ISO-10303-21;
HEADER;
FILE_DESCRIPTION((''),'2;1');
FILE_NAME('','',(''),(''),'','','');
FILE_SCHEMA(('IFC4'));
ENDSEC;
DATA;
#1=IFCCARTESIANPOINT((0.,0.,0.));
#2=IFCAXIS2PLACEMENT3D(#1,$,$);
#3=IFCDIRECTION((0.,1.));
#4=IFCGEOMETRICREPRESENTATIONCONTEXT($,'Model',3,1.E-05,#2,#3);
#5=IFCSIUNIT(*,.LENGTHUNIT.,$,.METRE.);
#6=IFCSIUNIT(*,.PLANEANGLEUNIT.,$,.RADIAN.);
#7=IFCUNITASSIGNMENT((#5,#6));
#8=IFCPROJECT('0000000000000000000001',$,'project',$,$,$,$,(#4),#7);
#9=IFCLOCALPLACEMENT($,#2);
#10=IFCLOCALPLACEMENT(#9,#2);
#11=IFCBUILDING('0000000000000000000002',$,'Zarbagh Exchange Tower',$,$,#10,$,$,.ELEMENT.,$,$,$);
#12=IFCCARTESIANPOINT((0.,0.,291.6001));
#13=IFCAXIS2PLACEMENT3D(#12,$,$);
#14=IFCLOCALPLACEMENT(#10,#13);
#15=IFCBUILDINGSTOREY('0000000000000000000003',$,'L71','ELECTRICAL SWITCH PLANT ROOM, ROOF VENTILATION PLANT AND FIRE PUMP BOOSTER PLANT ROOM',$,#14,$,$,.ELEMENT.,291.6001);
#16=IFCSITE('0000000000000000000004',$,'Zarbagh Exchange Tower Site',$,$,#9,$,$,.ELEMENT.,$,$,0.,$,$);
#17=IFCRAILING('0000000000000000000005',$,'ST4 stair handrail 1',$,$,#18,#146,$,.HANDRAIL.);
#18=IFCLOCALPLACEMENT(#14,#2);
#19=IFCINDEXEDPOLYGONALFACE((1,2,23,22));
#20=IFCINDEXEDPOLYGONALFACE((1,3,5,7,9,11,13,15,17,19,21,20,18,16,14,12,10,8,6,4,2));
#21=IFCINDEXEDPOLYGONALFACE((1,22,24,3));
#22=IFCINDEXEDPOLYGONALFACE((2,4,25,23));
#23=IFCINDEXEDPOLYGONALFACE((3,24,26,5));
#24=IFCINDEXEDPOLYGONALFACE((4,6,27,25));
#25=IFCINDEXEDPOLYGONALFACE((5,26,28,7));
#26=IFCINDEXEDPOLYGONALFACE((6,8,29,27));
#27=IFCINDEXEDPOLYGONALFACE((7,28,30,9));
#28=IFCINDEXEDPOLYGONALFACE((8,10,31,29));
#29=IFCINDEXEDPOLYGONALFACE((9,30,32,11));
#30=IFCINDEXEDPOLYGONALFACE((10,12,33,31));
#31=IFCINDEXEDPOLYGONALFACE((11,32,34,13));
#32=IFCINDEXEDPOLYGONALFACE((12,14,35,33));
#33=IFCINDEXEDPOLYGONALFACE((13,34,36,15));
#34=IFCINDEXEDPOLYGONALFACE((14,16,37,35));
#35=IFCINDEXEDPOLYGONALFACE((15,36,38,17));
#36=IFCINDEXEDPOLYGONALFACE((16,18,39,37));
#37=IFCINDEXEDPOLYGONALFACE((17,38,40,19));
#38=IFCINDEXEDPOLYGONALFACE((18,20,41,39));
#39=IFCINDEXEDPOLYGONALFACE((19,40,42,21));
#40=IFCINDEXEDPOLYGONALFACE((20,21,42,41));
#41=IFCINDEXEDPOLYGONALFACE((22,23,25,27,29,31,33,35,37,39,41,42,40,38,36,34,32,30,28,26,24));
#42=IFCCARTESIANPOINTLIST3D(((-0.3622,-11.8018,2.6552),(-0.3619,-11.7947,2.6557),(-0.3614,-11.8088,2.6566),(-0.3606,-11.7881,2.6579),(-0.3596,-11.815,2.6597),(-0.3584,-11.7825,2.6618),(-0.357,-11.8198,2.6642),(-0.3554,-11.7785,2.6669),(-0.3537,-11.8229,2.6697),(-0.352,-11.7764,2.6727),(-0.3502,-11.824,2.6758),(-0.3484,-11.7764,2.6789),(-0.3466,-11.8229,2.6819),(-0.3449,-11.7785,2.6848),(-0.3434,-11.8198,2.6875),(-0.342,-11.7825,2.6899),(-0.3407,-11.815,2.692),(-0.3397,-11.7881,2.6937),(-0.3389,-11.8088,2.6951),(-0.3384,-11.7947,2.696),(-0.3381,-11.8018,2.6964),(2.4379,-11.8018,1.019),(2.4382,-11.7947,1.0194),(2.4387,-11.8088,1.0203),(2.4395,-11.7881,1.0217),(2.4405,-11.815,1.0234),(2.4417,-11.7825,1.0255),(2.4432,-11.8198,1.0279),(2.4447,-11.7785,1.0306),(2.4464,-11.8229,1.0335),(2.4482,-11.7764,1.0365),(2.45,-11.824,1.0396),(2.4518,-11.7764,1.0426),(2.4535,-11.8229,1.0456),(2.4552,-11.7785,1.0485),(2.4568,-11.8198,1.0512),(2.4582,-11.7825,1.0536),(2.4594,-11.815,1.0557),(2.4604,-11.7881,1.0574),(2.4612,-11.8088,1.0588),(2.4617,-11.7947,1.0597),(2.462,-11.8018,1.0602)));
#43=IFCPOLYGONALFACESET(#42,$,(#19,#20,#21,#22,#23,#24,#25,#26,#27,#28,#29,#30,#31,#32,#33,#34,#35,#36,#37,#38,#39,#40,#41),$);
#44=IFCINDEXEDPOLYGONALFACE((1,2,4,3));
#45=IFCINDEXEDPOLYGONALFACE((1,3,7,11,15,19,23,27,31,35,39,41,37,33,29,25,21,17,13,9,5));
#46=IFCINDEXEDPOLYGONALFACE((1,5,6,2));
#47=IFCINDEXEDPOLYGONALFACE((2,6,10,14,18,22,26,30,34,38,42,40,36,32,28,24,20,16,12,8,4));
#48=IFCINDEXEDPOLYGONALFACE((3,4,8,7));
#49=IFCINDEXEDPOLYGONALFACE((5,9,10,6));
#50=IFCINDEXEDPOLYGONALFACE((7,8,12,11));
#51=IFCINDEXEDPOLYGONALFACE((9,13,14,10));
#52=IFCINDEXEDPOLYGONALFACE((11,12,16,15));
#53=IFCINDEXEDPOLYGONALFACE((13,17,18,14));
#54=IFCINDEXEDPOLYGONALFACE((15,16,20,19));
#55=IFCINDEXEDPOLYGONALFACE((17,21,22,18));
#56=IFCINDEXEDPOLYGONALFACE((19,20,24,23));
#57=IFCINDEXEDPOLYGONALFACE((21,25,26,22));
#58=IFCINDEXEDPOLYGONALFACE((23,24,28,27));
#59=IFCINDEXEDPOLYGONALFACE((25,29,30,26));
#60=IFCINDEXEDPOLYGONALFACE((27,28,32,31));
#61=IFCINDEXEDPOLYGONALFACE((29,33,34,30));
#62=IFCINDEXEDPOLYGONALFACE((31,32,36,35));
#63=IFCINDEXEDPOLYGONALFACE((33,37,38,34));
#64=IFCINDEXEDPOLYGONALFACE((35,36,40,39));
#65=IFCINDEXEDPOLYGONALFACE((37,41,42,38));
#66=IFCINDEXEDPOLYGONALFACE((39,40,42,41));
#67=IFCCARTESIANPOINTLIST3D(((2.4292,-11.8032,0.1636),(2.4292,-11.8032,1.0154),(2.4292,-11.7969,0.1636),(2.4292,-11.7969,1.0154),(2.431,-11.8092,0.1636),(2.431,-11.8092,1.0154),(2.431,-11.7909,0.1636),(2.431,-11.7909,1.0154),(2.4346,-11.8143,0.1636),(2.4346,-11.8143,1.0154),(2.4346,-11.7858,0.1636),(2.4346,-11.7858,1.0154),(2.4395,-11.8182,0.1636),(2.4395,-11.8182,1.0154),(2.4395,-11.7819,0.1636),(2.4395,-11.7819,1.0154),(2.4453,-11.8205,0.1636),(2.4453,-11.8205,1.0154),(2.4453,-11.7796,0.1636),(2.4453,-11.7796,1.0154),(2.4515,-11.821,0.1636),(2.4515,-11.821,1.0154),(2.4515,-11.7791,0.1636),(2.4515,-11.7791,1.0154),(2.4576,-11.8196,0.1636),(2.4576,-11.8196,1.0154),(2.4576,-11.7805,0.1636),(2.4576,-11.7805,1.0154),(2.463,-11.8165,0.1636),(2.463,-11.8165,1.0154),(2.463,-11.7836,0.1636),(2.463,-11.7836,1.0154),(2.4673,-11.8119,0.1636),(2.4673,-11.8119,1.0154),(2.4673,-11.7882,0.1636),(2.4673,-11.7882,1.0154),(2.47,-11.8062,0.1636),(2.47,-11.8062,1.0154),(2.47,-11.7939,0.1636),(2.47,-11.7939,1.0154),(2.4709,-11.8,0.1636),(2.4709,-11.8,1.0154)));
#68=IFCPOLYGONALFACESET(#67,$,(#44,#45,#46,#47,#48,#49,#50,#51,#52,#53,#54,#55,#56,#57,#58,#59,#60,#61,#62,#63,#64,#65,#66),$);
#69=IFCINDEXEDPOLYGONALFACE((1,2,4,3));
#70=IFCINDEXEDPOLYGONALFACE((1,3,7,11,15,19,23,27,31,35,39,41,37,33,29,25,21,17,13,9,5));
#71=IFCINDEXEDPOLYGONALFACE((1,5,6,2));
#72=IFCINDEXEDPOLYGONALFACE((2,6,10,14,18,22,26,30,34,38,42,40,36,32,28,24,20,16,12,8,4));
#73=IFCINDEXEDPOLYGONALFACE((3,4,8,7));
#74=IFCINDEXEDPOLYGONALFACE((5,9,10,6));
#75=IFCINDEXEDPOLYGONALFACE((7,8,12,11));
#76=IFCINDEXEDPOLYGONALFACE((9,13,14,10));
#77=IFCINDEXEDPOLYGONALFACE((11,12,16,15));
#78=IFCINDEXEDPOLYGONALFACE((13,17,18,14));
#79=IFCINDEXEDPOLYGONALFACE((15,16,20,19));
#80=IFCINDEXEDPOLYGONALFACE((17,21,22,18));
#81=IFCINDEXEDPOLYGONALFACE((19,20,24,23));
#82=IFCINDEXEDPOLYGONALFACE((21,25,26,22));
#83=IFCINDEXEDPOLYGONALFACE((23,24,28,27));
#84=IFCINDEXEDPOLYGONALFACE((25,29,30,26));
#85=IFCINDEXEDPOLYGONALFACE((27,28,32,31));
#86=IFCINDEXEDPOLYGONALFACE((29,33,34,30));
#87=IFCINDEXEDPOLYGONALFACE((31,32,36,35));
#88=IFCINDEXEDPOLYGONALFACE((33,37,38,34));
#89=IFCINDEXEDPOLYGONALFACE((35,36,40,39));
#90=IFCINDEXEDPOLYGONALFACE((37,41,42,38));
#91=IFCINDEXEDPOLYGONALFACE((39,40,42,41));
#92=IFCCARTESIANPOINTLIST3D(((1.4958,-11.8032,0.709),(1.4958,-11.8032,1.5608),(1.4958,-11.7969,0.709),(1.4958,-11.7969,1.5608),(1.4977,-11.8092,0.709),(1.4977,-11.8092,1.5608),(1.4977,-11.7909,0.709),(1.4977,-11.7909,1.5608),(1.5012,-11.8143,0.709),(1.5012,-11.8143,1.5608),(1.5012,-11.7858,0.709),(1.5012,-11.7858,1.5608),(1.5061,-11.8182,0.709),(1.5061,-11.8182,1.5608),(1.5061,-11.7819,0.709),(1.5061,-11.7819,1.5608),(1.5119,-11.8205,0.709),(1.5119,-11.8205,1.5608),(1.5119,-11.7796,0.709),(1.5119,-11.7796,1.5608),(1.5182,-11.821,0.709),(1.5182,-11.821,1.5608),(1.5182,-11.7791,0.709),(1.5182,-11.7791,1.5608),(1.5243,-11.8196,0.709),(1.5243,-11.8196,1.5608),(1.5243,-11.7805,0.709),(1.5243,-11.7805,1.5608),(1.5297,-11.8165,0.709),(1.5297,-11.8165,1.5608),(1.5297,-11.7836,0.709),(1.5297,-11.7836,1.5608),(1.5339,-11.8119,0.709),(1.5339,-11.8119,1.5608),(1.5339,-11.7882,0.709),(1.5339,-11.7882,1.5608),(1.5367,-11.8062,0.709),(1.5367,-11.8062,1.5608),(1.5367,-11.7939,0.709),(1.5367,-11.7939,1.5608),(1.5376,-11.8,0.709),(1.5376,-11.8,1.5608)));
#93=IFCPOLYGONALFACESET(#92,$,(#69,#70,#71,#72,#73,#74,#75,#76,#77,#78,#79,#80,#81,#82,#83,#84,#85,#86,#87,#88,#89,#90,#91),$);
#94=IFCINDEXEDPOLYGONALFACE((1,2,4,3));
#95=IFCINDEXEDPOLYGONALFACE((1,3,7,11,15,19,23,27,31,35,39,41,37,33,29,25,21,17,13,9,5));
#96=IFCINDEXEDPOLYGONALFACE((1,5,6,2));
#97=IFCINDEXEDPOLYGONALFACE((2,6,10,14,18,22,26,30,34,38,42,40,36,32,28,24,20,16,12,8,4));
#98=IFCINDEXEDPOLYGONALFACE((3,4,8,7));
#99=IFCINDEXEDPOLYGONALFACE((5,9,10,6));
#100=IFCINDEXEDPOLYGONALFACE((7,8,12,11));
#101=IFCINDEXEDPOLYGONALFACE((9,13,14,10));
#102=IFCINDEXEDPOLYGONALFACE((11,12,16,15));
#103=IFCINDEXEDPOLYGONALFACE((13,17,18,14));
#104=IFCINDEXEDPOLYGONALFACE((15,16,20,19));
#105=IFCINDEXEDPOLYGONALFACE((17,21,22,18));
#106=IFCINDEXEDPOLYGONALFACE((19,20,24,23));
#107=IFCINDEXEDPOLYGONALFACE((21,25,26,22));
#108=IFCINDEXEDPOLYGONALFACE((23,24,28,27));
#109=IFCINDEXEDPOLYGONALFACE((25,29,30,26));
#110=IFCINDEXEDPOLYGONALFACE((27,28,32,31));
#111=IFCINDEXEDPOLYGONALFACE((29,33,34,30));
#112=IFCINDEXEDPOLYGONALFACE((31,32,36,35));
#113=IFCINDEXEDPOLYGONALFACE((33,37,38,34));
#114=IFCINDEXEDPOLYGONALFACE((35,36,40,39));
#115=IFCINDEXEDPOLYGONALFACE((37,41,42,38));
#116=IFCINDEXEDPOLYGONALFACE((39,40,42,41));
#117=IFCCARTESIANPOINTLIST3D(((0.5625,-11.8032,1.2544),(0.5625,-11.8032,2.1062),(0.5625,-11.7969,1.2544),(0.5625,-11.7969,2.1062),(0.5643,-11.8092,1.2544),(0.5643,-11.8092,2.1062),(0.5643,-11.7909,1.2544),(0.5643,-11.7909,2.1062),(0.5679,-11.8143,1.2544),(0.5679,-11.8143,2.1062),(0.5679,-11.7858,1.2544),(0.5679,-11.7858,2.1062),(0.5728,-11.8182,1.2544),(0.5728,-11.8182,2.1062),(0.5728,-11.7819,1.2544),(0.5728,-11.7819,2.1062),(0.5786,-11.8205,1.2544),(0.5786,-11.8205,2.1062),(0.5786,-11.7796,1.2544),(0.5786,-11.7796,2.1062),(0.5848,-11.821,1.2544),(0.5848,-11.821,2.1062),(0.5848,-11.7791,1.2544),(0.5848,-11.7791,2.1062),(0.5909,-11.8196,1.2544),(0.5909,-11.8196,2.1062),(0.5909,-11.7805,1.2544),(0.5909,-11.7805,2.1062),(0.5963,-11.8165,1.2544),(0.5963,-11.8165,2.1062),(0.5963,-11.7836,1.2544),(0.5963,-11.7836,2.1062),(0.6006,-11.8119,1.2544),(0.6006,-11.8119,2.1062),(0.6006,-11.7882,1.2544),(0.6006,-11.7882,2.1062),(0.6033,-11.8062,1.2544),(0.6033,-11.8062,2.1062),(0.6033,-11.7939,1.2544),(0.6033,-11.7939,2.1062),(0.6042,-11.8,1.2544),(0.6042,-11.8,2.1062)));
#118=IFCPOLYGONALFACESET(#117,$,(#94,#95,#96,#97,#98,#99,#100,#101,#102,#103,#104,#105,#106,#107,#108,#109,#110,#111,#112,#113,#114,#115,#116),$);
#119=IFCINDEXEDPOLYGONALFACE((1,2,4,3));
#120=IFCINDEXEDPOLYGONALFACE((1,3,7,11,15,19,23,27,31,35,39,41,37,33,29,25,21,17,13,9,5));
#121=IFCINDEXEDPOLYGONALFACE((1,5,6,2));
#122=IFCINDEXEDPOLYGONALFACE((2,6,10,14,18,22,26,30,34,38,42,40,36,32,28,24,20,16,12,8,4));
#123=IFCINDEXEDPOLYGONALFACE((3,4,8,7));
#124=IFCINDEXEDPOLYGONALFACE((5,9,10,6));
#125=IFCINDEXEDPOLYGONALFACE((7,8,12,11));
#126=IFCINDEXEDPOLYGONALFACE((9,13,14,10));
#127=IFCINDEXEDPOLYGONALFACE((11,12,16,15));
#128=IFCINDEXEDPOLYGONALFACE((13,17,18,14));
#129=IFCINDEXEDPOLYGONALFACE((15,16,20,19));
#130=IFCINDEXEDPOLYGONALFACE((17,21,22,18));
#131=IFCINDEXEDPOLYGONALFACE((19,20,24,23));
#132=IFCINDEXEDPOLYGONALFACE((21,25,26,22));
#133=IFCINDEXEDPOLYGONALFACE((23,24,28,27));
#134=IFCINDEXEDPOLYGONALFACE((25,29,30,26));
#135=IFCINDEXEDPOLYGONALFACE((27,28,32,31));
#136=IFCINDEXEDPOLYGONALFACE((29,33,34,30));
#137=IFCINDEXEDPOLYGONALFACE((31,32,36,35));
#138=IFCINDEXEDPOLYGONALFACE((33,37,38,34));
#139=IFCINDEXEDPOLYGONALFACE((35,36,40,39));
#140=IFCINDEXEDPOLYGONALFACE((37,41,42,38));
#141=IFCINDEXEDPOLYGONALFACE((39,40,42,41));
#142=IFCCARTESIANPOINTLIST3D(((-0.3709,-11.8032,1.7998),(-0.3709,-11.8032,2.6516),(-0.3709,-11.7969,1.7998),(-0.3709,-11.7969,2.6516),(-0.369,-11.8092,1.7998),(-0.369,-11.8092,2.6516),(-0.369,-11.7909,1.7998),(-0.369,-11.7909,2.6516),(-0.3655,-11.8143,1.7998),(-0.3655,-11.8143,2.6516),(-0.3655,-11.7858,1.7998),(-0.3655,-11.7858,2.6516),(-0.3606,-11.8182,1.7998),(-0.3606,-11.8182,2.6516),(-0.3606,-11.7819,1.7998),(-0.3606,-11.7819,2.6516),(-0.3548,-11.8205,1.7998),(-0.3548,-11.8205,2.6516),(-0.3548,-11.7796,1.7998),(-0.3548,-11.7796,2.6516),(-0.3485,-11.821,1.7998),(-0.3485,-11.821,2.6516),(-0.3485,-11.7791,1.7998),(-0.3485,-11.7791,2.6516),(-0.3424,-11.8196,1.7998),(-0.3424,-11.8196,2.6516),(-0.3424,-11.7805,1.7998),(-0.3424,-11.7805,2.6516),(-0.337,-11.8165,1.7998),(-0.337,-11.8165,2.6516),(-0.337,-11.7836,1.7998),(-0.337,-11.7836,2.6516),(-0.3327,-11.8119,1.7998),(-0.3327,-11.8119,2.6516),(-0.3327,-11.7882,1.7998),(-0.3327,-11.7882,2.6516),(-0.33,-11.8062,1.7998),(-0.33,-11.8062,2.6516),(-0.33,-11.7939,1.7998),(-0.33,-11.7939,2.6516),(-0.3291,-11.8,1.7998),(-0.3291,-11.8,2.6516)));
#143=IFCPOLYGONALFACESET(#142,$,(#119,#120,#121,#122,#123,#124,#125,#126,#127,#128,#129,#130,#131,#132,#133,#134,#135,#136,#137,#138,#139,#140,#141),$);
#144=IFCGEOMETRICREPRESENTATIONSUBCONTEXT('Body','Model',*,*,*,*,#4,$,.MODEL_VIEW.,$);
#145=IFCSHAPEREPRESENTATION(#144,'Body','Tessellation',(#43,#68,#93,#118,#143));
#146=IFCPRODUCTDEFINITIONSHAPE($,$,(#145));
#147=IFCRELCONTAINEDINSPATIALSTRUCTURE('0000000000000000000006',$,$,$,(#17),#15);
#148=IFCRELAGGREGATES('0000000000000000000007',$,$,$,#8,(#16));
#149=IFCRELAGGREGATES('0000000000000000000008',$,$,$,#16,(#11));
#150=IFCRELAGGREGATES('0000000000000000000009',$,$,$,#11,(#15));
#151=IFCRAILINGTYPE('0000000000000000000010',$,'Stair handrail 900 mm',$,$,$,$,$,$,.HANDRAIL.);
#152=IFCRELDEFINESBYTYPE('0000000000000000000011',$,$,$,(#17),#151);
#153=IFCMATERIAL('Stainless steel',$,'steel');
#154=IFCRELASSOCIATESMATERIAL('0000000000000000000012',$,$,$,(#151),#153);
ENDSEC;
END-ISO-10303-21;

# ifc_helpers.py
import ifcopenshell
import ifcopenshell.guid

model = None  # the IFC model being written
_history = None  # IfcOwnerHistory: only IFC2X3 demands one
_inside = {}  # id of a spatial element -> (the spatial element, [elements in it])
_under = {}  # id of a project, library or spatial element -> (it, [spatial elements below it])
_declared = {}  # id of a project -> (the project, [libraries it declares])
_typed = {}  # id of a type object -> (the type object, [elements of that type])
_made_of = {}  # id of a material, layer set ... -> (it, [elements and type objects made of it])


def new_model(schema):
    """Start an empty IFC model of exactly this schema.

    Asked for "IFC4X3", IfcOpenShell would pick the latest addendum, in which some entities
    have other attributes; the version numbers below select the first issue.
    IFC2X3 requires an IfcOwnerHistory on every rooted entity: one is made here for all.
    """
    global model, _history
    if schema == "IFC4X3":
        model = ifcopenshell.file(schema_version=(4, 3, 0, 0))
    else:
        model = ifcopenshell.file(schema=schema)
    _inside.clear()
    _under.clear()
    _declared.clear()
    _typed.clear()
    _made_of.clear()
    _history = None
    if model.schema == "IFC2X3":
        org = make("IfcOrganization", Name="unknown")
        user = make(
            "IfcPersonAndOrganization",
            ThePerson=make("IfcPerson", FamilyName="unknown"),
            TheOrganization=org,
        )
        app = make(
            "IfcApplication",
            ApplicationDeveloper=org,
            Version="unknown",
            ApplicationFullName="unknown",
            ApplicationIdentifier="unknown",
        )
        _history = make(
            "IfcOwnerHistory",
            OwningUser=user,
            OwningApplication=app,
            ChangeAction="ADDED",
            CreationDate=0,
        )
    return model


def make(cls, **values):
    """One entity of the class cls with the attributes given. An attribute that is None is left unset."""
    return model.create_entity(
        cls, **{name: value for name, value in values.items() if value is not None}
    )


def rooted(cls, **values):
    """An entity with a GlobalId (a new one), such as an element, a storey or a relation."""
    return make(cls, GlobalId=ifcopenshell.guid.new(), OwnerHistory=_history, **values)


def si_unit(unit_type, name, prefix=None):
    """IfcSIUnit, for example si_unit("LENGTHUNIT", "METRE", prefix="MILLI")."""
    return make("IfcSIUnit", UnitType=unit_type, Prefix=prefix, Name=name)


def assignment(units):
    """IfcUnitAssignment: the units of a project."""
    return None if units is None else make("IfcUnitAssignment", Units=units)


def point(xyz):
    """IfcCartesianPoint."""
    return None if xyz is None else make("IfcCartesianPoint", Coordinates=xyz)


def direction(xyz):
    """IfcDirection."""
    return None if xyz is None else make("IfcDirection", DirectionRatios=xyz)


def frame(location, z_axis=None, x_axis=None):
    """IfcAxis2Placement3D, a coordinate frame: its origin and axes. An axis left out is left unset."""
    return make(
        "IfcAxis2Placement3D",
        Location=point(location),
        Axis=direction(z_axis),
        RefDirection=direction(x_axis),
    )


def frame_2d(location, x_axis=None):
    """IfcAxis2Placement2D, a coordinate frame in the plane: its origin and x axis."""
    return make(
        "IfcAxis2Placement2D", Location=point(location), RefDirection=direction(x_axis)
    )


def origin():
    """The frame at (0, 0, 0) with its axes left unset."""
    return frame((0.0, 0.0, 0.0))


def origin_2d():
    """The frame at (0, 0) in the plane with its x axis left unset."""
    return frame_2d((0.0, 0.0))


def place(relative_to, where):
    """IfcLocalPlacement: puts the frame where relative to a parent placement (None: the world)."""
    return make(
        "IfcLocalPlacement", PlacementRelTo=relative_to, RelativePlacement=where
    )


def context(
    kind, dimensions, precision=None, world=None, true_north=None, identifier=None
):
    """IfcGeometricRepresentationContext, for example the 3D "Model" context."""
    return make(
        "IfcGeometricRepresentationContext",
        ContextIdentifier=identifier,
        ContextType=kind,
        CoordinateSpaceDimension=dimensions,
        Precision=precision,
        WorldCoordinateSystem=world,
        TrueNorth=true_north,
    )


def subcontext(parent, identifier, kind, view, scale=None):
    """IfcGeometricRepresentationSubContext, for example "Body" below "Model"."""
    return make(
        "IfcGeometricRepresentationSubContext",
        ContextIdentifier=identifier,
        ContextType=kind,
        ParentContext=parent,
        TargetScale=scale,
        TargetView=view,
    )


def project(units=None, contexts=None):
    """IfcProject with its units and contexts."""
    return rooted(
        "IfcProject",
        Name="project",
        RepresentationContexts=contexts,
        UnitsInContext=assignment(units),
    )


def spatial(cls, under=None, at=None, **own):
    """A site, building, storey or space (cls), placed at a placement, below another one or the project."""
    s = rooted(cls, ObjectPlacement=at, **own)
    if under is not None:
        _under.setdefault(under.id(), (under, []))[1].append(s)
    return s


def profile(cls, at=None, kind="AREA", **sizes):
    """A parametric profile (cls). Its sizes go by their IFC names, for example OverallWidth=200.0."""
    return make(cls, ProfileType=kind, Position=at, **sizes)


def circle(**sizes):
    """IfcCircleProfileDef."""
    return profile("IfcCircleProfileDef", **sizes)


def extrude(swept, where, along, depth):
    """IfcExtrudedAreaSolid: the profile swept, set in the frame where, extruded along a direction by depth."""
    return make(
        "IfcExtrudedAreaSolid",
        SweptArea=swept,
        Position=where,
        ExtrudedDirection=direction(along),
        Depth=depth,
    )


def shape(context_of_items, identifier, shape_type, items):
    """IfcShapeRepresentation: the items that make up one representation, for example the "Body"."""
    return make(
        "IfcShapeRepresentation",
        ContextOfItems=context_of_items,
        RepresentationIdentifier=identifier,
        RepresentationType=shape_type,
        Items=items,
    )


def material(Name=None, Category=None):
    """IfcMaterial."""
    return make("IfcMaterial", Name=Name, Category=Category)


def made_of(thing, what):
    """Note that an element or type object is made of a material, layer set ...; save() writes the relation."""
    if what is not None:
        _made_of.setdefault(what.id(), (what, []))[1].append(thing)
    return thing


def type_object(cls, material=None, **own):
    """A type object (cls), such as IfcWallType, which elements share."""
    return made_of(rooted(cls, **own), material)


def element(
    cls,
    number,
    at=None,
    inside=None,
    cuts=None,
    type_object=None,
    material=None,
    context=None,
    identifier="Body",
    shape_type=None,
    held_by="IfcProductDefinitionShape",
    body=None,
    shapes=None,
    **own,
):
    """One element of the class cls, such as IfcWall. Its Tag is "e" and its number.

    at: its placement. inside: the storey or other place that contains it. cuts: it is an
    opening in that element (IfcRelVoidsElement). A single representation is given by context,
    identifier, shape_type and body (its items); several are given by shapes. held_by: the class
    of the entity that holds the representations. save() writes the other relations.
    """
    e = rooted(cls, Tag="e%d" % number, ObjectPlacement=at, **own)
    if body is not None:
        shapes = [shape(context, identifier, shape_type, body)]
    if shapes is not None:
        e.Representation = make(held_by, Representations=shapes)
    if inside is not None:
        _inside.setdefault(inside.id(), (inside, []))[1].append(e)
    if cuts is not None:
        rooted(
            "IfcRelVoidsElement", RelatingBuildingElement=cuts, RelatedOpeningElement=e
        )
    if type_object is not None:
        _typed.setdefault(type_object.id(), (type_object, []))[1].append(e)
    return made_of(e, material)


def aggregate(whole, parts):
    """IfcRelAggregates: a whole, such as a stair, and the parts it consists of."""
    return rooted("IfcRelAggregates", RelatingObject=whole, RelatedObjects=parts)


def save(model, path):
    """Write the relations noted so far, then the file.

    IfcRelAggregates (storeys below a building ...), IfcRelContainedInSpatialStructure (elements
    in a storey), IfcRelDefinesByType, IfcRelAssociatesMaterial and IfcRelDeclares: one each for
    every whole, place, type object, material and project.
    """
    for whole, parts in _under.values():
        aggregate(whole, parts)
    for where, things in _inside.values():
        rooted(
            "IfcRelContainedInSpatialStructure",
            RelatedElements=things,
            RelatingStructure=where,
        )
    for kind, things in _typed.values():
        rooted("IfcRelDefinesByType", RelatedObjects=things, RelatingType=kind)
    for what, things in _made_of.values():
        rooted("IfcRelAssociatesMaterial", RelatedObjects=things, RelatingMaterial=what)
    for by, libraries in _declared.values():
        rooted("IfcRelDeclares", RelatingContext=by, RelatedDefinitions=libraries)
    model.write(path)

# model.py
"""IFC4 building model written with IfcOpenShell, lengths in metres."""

from ifc_helpers import new_model, si_unit, direction, frame, origin, origin_2d, place, context, subcontext, project, spatial, circle, extrude, material, type_object, element, save


model = new_model("IFC4")

# Units and contexts
model_context = context("Model", 3, precision=1e-05, world=origin(), true_north=direction((0.0, 1.0)))
body_context = subcontext(model_context, "Body", "Model", "MODEL_VIEW")
ifc_project = project(units=[si_unit("LENGTHUNIT", "METRE"), si_unit("PLANEANGLEUNIT", "RADIAN")], contexts=[model_context])

# Site, building, storey
site_placement = place(None, origin())
site = spatial("IfcSite", under=ifc_project, at=site_placement, Name="Zarbagh Exchange Tower Site", CompositionType="ELEMENT", RefElevation=0.0)
building_placement = place(site_placement, origin())
building = spatial("IfcBuilding", under=site, at=building_placement, Name="Zarbagh Exchange Tower", CompositionType="ELEMENT")
storey_placement = place(building_placement, frame((0.0, 0.0, 291.6001)))
storey = spatial("IfcBuildingStorey", under=building, at=storey_placement, Name="L71", Description="ELECTRICAL SWITCH PLANT ROOM, ROOF VENTILATION PLANT AND FIRE PUMP BOOSTER PLANT ROOM", CompositionType="ELEMENT", Elevation=291.6001)

# Railing
ifc_material_1 = material(Name="Stainless steel", Category="steel")
railing_type = type_object("IfcRailingType", Name="Stair handrail 900 mm", PredefinedType="HANDRAIL", material=ifc_material_1)
railing_1_placement = place(storey_placement, frame((2.45, -11.8, 0.1636)))
element("IfcRailing", 1, at=railing_1_placement, inside=storey, type_object=railing_type, Name="ST4 stair handrail 1", PredefinedType="HANDRAIL", context=body_context, shape_type="SweptSolid", body=[
    extrude(circle(Radius=0.0239, at=origin_2d()), frame((0.0, 0.0, 0.876), z_axis=(-0.863394, 0.0, 0.504531), x_axis=(0.0, -1.0, 0.0)), (0.0, 0.0, 1.0), 3.2432),
    extrude(circle(Radius=0.021, at=origin_2d()), origin(), (0.0, 0.0, 1.0), 0.8518),
    extrude(circle(Radius=0.021, at=origin_2d()), frame((-0.9333, 0.0, 0.5454)), (0.0, 0.0, 1.0), 0.8518),
    extrude(circle(Radius=0.021, at=origin_2d()), frame((-1.8667, 0.0, 1.0908)), (0.0, 0.0, 1.0), 0.8518),
    extrude(circle(Radius=0.021, at=origin_2d()), frame((-2.8, 0.0, 1.6362)), (0.0, 0.0, 1.0), 0.8518),
])

save(model, "model.ifc")
